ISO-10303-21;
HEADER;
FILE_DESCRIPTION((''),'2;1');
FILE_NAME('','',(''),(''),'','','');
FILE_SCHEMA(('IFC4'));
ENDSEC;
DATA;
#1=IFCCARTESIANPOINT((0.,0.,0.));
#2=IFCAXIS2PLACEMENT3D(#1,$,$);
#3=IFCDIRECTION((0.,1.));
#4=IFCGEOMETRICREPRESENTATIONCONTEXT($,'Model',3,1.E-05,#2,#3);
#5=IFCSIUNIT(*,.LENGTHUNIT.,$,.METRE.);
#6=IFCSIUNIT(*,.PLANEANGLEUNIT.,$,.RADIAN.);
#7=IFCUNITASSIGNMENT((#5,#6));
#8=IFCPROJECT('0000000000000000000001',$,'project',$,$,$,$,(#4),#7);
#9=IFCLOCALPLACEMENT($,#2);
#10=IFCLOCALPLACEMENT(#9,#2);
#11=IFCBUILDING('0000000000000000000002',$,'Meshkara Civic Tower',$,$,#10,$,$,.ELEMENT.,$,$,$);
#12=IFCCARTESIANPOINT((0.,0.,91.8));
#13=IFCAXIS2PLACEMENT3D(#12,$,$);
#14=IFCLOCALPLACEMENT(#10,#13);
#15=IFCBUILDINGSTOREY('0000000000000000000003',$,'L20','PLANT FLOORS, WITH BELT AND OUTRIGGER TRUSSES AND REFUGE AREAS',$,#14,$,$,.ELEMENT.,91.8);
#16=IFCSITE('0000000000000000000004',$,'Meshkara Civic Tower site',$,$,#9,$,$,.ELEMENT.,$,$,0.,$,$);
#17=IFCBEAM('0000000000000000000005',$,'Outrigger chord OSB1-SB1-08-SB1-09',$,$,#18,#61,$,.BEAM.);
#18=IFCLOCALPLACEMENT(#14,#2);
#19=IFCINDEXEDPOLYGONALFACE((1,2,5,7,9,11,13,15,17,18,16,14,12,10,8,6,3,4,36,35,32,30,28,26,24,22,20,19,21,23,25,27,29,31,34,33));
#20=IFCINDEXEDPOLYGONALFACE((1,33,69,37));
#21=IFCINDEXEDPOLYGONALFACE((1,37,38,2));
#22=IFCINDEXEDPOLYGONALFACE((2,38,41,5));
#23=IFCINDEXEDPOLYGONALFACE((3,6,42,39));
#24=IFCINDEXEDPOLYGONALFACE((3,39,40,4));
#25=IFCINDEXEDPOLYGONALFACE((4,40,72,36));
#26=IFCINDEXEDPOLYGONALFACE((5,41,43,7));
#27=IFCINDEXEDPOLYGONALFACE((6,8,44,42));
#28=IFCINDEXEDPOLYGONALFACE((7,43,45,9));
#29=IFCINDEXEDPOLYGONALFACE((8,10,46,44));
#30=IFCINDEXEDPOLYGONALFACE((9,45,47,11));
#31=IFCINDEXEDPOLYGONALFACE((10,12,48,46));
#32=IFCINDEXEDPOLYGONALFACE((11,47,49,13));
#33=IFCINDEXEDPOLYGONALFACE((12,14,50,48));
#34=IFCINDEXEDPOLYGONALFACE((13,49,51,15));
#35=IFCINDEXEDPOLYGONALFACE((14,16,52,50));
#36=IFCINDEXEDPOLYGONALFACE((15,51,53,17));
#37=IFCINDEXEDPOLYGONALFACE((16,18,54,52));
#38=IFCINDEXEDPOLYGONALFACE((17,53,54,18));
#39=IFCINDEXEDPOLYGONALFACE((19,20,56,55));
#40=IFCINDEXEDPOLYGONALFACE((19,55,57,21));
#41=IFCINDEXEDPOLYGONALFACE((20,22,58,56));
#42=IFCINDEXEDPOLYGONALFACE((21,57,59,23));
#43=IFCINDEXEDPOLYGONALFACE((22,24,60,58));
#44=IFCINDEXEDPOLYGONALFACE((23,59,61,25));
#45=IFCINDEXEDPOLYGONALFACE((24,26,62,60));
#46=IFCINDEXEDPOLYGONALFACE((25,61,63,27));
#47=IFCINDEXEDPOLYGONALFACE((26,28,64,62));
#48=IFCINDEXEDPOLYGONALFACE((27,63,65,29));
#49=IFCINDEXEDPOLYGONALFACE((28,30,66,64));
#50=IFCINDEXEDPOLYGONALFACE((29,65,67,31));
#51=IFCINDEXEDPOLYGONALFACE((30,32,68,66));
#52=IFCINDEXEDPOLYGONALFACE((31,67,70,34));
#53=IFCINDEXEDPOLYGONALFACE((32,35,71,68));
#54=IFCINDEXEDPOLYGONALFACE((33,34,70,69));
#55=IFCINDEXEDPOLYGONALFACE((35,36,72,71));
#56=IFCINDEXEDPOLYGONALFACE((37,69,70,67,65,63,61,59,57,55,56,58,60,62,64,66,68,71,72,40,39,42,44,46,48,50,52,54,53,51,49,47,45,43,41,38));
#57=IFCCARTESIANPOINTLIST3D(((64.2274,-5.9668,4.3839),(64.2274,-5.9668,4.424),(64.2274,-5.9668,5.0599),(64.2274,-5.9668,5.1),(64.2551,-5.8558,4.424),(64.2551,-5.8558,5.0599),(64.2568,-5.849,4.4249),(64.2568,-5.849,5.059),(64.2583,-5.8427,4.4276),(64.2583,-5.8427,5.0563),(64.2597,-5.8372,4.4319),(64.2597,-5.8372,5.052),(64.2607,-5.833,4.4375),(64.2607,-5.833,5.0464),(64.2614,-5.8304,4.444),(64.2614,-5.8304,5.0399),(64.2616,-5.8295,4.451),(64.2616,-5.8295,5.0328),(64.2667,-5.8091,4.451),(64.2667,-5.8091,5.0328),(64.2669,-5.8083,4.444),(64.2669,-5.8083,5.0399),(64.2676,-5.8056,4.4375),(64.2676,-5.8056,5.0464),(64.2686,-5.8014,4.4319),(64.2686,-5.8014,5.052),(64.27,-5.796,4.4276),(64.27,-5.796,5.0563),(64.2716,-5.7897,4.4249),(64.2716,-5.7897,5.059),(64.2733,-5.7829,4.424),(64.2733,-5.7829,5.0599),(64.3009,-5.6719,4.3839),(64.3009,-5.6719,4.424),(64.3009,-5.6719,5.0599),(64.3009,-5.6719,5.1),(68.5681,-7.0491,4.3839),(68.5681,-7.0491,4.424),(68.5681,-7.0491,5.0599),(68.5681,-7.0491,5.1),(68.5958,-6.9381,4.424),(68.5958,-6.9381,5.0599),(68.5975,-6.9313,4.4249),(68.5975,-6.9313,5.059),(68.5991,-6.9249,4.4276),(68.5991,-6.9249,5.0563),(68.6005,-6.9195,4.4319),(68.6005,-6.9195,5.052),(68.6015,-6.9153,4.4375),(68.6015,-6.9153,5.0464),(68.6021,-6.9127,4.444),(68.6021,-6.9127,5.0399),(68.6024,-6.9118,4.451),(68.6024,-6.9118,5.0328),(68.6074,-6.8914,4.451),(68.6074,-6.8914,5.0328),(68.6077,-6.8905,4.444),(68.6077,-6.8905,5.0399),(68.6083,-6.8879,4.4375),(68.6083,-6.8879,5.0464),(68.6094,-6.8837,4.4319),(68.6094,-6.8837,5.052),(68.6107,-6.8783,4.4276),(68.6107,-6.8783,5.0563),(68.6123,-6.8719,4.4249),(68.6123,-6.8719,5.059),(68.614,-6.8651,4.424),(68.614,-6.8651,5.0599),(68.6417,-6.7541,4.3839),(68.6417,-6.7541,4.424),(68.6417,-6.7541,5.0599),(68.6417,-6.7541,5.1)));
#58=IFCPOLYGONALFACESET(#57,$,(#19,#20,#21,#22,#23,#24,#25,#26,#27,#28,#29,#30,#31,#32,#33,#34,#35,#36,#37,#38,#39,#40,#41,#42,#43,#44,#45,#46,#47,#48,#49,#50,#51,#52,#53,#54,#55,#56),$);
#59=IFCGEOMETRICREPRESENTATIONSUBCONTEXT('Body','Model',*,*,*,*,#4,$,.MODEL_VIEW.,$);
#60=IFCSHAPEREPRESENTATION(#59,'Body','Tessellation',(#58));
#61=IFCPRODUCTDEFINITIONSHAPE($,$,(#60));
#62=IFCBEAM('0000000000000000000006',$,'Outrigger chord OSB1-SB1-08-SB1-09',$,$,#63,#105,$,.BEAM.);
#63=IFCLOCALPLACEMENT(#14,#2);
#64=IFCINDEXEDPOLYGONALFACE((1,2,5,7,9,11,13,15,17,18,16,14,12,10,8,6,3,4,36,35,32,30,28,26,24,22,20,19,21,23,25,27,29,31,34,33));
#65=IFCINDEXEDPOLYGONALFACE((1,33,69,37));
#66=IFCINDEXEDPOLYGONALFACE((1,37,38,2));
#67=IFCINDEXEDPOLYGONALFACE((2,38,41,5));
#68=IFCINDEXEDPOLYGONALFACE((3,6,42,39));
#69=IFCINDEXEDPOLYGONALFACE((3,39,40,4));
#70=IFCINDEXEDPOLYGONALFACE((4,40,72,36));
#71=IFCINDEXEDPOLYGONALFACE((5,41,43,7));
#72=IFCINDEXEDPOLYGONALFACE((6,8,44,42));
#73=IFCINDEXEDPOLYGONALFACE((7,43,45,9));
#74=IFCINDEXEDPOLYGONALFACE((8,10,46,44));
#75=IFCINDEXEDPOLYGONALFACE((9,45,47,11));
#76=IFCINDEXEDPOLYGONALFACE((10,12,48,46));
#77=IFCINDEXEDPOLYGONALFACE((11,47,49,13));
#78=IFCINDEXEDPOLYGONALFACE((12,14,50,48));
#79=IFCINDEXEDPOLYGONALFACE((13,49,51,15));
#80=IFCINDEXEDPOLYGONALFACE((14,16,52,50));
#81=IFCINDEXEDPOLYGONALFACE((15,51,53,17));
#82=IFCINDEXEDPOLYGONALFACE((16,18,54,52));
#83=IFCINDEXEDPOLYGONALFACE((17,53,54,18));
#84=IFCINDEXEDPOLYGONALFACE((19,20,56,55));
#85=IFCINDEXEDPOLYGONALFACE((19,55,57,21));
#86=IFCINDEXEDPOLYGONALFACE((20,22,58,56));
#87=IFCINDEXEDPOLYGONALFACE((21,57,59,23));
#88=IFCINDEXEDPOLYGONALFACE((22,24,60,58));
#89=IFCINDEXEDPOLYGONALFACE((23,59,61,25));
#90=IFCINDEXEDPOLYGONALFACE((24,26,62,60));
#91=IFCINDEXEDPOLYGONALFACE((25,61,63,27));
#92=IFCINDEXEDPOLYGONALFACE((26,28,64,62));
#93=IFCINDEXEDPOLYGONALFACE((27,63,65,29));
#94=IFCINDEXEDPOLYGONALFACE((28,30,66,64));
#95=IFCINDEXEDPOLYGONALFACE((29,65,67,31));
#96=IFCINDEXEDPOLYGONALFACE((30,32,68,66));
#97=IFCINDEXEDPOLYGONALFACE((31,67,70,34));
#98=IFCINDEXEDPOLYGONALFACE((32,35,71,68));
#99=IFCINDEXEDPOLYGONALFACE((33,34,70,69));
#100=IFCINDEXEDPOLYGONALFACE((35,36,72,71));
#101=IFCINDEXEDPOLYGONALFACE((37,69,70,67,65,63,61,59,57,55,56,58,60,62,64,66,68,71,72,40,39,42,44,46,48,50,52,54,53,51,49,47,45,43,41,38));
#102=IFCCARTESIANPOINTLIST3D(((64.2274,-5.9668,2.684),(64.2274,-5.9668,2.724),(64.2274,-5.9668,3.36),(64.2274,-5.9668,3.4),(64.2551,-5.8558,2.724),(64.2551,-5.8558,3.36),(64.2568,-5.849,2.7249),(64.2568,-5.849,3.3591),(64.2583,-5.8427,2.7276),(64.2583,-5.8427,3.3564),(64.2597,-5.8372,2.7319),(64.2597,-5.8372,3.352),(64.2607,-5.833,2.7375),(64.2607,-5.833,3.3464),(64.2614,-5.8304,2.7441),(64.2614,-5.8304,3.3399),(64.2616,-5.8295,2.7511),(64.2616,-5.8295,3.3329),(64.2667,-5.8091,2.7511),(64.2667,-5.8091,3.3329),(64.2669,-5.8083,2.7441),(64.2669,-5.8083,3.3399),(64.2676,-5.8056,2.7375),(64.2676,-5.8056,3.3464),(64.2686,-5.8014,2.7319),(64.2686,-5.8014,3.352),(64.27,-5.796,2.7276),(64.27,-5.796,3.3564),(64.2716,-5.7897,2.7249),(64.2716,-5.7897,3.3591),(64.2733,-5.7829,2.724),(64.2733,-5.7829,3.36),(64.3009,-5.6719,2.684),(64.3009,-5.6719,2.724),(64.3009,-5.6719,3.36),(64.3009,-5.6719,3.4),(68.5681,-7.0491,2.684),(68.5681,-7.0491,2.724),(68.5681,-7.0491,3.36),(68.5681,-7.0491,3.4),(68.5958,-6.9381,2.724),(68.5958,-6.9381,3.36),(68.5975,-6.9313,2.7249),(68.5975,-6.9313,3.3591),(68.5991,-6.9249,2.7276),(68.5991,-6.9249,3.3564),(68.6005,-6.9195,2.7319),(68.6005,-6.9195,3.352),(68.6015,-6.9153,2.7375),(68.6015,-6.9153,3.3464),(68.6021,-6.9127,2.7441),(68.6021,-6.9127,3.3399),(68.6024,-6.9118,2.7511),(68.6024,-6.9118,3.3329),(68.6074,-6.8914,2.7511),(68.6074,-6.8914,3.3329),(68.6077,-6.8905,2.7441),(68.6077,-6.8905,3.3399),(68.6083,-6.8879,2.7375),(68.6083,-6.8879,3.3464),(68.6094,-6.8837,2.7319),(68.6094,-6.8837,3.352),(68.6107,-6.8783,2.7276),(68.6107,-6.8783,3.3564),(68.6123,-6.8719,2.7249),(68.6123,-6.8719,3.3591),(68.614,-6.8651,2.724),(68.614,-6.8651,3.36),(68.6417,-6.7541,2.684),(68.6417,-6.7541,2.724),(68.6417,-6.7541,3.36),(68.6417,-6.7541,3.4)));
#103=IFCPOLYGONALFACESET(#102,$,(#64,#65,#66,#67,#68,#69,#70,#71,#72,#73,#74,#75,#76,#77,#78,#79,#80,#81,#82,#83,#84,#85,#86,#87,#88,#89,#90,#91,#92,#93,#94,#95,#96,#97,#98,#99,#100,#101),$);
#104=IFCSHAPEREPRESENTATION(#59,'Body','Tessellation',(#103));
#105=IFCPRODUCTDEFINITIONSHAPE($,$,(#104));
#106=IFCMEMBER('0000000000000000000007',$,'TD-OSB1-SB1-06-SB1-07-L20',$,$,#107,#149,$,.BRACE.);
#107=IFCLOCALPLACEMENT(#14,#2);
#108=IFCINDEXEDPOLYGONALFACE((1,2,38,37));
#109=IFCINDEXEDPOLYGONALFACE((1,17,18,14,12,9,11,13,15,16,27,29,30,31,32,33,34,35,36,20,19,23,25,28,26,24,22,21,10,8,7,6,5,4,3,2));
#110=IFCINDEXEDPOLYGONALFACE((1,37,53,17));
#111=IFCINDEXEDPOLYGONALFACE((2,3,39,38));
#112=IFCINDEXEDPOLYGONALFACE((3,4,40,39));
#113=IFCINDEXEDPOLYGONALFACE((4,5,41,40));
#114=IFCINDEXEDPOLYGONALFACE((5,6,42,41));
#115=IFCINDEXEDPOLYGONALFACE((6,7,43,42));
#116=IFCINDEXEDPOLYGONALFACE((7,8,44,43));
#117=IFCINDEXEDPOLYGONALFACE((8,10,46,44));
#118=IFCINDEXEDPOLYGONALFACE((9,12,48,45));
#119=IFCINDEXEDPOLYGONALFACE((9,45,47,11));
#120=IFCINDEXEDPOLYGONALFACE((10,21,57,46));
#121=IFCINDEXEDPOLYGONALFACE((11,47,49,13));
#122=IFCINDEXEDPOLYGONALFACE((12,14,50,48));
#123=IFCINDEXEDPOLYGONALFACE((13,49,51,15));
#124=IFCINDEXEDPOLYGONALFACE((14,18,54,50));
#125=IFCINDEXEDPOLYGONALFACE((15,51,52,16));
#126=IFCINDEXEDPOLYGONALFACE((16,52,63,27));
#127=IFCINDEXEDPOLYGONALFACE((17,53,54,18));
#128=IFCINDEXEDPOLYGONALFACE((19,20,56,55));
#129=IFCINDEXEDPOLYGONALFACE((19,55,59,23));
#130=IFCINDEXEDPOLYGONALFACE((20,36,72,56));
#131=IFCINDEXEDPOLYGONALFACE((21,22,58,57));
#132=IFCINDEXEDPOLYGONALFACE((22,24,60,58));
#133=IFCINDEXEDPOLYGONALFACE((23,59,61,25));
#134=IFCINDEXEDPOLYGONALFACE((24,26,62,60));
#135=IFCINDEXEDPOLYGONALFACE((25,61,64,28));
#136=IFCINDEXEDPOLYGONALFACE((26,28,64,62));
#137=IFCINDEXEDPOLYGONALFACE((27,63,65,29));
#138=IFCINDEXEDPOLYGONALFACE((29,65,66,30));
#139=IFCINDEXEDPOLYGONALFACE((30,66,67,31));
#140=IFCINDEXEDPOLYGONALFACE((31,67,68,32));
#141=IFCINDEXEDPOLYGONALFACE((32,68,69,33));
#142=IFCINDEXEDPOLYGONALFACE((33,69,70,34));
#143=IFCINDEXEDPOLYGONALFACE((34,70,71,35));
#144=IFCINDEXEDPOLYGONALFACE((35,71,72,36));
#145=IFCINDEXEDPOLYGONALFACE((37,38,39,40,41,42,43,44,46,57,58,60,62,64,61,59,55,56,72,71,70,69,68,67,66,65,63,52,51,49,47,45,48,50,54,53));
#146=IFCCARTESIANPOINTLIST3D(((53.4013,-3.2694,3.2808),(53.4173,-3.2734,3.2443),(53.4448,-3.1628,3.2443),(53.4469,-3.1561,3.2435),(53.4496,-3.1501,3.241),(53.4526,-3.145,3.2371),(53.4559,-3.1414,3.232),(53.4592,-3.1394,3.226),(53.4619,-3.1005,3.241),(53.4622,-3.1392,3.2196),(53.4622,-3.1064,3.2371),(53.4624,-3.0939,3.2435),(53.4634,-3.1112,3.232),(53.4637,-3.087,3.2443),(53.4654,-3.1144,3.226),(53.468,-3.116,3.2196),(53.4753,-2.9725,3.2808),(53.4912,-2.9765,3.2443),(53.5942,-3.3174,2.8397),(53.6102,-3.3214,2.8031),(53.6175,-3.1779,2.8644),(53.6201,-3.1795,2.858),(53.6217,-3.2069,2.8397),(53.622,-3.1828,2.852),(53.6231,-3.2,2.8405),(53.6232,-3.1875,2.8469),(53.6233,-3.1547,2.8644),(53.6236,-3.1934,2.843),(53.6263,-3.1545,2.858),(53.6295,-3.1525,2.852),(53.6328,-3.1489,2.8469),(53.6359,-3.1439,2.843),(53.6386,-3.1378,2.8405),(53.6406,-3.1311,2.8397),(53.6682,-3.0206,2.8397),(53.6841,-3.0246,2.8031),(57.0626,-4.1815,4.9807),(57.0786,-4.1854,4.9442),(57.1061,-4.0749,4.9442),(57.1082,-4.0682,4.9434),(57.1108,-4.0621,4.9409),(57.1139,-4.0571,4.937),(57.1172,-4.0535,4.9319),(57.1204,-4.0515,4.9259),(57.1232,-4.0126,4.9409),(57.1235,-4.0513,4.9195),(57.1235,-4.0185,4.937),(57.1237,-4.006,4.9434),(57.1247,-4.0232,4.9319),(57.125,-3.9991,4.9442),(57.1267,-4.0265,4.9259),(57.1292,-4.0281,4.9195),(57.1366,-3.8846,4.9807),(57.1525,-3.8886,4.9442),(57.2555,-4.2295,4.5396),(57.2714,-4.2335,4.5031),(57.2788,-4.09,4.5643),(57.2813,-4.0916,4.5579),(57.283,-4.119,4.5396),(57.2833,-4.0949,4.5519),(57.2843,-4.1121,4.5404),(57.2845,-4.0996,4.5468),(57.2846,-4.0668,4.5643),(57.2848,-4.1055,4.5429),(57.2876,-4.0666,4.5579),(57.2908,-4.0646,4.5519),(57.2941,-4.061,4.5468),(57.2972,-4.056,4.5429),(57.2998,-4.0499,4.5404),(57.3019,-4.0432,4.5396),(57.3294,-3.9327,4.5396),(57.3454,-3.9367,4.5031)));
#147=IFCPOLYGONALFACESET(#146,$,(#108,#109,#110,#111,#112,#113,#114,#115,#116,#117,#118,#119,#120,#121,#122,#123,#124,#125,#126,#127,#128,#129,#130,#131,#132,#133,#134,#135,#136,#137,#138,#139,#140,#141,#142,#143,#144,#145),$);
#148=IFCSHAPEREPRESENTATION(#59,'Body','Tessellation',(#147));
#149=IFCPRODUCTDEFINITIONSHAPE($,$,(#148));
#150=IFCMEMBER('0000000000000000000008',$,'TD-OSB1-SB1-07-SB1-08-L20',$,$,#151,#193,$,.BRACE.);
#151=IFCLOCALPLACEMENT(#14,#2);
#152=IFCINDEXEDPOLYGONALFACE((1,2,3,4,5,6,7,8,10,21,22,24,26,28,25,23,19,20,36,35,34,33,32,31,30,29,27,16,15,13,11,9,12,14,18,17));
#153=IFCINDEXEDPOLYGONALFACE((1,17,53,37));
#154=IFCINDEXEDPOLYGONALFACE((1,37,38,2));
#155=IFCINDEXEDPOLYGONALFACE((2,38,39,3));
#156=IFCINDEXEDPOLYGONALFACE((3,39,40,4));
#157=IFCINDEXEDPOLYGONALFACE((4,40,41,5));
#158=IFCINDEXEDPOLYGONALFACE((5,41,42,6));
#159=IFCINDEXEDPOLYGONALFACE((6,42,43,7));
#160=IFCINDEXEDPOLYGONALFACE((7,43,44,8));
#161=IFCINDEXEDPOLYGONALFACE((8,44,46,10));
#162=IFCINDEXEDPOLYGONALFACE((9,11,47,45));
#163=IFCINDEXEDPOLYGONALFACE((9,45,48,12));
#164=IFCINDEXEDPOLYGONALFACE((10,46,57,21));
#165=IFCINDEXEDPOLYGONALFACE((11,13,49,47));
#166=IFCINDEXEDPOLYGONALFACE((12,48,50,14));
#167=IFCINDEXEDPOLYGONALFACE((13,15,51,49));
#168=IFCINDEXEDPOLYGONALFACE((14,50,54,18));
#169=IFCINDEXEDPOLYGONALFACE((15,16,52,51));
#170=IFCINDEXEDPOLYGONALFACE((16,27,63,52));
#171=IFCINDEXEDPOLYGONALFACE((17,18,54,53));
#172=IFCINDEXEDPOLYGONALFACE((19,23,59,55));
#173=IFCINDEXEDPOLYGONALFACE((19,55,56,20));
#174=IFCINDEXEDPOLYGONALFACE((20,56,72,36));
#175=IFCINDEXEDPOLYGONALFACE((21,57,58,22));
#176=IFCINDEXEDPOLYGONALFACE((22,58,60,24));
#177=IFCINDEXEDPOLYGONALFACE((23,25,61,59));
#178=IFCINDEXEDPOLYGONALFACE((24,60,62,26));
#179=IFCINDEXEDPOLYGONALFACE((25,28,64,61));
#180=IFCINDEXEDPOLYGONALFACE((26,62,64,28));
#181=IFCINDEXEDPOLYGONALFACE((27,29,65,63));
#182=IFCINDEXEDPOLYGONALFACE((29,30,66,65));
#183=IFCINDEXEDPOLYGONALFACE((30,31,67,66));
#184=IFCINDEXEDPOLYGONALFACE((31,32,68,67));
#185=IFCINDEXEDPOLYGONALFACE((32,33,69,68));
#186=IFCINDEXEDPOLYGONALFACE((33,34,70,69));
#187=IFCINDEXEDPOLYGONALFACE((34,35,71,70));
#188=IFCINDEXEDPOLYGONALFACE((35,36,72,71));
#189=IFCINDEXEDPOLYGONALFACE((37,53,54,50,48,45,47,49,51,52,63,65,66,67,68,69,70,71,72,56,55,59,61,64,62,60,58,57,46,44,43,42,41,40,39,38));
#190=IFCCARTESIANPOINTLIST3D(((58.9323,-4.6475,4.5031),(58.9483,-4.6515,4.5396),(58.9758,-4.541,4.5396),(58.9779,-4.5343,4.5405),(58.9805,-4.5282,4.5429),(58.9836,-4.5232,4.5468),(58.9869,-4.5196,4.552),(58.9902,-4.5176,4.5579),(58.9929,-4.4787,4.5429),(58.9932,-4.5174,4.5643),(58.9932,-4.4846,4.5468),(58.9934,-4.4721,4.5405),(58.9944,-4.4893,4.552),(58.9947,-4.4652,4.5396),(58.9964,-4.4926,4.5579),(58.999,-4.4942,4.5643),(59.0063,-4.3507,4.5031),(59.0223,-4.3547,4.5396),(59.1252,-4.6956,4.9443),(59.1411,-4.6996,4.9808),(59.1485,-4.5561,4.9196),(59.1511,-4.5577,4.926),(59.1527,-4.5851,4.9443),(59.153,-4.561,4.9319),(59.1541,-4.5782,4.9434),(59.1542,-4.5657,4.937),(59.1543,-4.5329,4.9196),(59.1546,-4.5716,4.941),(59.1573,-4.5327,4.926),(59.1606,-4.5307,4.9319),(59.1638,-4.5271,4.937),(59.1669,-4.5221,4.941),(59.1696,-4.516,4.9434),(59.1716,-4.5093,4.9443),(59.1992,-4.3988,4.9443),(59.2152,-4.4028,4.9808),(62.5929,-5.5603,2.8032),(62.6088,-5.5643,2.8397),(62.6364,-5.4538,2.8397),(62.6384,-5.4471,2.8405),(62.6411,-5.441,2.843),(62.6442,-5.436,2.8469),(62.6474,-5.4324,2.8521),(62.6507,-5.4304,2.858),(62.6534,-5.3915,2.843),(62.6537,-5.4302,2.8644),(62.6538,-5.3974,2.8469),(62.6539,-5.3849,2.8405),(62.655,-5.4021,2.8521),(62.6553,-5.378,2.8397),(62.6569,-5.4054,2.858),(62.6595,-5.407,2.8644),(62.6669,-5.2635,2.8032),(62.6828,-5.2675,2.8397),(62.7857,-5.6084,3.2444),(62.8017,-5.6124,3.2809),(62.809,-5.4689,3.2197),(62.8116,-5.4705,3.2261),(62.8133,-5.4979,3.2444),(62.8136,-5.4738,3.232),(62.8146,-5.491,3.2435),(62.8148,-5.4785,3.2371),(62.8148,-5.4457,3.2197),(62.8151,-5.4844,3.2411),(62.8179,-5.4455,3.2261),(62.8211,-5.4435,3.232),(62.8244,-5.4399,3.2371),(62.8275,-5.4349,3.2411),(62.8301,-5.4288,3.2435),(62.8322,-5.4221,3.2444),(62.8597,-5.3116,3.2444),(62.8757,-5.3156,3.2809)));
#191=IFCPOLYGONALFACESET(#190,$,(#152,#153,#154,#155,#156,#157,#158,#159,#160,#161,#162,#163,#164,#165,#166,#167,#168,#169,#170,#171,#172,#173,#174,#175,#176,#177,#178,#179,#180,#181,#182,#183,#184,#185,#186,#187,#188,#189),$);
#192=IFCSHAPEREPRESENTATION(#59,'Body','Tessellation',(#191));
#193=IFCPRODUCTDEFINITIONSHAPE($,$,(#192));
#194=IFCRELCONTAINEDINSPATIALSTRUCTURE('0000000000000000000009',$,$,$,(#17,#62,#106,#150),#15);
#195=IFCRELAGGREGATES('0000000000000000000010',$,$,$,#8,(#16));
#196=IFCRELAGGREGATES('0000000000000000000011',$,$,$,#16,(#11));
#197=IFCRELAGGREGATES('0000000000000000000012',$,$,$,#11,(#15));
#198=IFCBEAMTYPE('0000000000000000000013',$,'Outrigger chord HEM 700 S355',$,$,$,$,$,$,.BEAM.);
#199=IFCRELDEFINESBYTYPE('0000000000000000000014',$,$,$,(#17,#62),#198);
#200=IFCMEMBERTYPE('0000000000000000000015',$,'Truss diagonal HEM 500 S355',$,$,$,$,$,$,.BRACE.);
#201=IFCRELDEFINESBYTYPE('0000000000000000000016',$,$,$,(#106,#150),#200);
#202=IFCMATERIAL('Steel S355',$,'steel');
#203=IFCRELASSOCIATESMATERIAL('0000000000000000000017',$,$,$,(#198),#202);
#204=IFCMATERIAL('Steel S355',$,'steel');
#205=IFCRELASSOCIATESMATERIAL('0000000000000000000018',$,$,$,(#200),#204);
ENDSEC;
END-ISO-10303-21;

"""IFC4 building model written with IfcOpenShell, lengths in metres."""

from ifc_helpers import new_model, si_unit, direction, frame, origin, origin_2d, place, context, subcontext, project, spatial, i_section, extrude, material, material_profile, profile_set, type_object, element, save


model = new_model("IFC4")

# Units and contexts
model_context = context("Model", 3, precision=1e-05, world=origin(), true_north=direction((0.0, 1.0)))
body_context = subcontext(model_context, "Body", "Model", "MODEL_VIEW")
ifc_project = project(units=[si_unit("LENGTHUNIT", "METRE"), si_unit("PLANEANGLEUNIT", "RADIAN")], contexts=[model_context])

# Site, building, storey
site_placement = place(None, origin())
site = spatial("IfcSite", under=ifc_project, at=site_placement, Name="Meshkara Civic Tower site", CompositionType="ELEMENT", RefElevation=0.0)
building_placement = place(site_placement, origin())
building = spatial("IfcBuilding", under=site, at=building_placement, Name="Meshkara Civic Tower", CompositionType="ELEMENT")
storey_placement = place(building_placement, frame((0.0, 0.0, 91.8)))
storey = spatial("IfcBuildingStorey", under=building, at=storey_placement, Name="L20", Description="PLANT FLOORS, WITH BELT AND OUTRIGGER TRUSSES AND REFUGE AREAS", CompositionType="ELEMENT", Elevation=91.8)

# Beams
ifc_material_1 = material(Name="Steel S355", Category="steel")
ifc_material_profile_1 = material_profile(ifc_material_1, i_section(OverallWidth=0.304, OverallDepth=0.7161, WebThickness=0.021, FlangeThickness=0.04, FilletRadius=0.0271, at=origin_2d()))
ifc_profile_set_1 = profile_set([ifc_material_profile_1], Name="Steel S355")
beam_type_1 = type_object("IfcBeamType", Name="Outrigger chord HEM 700 S355", PredefinedType="BEAM", material=ifc_profile_set_1)
for number, where, z_axis, x_axis, name in (
    (1, (64.2642, -5.8193, 4.7419), (0.970296, -0.241919, 0.0), (0.241919, 0.970296, 0.0), "Outrigger chord OSB1-SB1-08-SB1-09"),
    (2, (64.2642, -5.8193, 3.042), (0.970296, -0.241919, 0.0), (0.241919, 0.970296, 0.0), "Outrigger chord OSB1-SB1-08-SB1-09"),
):
    element("IfcBeam", number, at=place(storey_placement, frame(where, z_axis=z_axis, x_axis=x_axis)), inside=storey, type_object=beam_type_1, Name=name, PredefinedType="BEAM", context=body_context, shape_type="SweptSolid", body=[
        extrude(i_section(OverallWidth=0.304, OverallDepth=0.7161, WebThickness=0.021, FlangeThickness=0.04, FilletRadius=0.0271, at=origin_2d()), origin(), (0.0, 0.0, 1.0), 4.4736),
    ])

# Members
ifc_material_2 = material(Name="Steel S355", Category="steel")
ifc_material_profile_2 = material_profile(ifc_material_2, i_section(OverallWidth=0.3059, OverallDepth=0.5239, WebThickness=0.0239, FlangeThickness=0.04, FilletRadius=0.0271, at=origin_2d()))
ifc_profile_set_2 = profile_set([ifc_material_profile_2], Name="Steel S355")
member_type_1 = type_object("IfcMemberType", Name="Truss diagonal HEM 500 S355", PredefinedType="BRACE", material=ifc_profile_set_2)
member_1_placement = place(storey_placement, frame((53.5427, -3.147, 3.042), z_axis=(0.884704, -0.220394, 0.410762), x_axis=(0.241729, 0.970344, 0.0)))
element("IfcMember", 3, at=member_1_placement, inside=storey, type_object=member_type_1, Name="TD-OSB1-SB1-06-SB1-07-L20", PredefinedType="BRACE", context=body_context, shape_type="SweptSolid", body=[
    extrude(i_section(OverallWidth=0.3059, OverallDepth=0.5239, WebThickness=0.0239, FlangeThickness=0.04, FilletRadius=0.0271, at=origin_2d()), origin(), (0.0, 0.0, 1.0), 4.1384),
])
member_2_placement = place(storey_placement, frame((59.0737, -4.5251, 4.7419), z_axis=(0.884631, -0.220597, -0.41081), x_axis=(0.241957, 0.970287, 0.0)))
element("IfcMember", 4, at=member_2_placement, inside=storey, type_object=member_type_1, Name="TD-OSB1-SB1-07-SB1-08-L20", PredefinedType="BRACE", context=body_context, shape_type="SweptSolid", body=[
    extrude(i_section(OverallWidth=0.3059, OverallDepth=0.5239, WebThickness=0.0239, FlangeThickness=0.04, FilletRadius=0.0271, at=origin_2d()), origin(), (0.0, 0.0, 1.0), 4.1379),
])

save(model, "model.ifc")
